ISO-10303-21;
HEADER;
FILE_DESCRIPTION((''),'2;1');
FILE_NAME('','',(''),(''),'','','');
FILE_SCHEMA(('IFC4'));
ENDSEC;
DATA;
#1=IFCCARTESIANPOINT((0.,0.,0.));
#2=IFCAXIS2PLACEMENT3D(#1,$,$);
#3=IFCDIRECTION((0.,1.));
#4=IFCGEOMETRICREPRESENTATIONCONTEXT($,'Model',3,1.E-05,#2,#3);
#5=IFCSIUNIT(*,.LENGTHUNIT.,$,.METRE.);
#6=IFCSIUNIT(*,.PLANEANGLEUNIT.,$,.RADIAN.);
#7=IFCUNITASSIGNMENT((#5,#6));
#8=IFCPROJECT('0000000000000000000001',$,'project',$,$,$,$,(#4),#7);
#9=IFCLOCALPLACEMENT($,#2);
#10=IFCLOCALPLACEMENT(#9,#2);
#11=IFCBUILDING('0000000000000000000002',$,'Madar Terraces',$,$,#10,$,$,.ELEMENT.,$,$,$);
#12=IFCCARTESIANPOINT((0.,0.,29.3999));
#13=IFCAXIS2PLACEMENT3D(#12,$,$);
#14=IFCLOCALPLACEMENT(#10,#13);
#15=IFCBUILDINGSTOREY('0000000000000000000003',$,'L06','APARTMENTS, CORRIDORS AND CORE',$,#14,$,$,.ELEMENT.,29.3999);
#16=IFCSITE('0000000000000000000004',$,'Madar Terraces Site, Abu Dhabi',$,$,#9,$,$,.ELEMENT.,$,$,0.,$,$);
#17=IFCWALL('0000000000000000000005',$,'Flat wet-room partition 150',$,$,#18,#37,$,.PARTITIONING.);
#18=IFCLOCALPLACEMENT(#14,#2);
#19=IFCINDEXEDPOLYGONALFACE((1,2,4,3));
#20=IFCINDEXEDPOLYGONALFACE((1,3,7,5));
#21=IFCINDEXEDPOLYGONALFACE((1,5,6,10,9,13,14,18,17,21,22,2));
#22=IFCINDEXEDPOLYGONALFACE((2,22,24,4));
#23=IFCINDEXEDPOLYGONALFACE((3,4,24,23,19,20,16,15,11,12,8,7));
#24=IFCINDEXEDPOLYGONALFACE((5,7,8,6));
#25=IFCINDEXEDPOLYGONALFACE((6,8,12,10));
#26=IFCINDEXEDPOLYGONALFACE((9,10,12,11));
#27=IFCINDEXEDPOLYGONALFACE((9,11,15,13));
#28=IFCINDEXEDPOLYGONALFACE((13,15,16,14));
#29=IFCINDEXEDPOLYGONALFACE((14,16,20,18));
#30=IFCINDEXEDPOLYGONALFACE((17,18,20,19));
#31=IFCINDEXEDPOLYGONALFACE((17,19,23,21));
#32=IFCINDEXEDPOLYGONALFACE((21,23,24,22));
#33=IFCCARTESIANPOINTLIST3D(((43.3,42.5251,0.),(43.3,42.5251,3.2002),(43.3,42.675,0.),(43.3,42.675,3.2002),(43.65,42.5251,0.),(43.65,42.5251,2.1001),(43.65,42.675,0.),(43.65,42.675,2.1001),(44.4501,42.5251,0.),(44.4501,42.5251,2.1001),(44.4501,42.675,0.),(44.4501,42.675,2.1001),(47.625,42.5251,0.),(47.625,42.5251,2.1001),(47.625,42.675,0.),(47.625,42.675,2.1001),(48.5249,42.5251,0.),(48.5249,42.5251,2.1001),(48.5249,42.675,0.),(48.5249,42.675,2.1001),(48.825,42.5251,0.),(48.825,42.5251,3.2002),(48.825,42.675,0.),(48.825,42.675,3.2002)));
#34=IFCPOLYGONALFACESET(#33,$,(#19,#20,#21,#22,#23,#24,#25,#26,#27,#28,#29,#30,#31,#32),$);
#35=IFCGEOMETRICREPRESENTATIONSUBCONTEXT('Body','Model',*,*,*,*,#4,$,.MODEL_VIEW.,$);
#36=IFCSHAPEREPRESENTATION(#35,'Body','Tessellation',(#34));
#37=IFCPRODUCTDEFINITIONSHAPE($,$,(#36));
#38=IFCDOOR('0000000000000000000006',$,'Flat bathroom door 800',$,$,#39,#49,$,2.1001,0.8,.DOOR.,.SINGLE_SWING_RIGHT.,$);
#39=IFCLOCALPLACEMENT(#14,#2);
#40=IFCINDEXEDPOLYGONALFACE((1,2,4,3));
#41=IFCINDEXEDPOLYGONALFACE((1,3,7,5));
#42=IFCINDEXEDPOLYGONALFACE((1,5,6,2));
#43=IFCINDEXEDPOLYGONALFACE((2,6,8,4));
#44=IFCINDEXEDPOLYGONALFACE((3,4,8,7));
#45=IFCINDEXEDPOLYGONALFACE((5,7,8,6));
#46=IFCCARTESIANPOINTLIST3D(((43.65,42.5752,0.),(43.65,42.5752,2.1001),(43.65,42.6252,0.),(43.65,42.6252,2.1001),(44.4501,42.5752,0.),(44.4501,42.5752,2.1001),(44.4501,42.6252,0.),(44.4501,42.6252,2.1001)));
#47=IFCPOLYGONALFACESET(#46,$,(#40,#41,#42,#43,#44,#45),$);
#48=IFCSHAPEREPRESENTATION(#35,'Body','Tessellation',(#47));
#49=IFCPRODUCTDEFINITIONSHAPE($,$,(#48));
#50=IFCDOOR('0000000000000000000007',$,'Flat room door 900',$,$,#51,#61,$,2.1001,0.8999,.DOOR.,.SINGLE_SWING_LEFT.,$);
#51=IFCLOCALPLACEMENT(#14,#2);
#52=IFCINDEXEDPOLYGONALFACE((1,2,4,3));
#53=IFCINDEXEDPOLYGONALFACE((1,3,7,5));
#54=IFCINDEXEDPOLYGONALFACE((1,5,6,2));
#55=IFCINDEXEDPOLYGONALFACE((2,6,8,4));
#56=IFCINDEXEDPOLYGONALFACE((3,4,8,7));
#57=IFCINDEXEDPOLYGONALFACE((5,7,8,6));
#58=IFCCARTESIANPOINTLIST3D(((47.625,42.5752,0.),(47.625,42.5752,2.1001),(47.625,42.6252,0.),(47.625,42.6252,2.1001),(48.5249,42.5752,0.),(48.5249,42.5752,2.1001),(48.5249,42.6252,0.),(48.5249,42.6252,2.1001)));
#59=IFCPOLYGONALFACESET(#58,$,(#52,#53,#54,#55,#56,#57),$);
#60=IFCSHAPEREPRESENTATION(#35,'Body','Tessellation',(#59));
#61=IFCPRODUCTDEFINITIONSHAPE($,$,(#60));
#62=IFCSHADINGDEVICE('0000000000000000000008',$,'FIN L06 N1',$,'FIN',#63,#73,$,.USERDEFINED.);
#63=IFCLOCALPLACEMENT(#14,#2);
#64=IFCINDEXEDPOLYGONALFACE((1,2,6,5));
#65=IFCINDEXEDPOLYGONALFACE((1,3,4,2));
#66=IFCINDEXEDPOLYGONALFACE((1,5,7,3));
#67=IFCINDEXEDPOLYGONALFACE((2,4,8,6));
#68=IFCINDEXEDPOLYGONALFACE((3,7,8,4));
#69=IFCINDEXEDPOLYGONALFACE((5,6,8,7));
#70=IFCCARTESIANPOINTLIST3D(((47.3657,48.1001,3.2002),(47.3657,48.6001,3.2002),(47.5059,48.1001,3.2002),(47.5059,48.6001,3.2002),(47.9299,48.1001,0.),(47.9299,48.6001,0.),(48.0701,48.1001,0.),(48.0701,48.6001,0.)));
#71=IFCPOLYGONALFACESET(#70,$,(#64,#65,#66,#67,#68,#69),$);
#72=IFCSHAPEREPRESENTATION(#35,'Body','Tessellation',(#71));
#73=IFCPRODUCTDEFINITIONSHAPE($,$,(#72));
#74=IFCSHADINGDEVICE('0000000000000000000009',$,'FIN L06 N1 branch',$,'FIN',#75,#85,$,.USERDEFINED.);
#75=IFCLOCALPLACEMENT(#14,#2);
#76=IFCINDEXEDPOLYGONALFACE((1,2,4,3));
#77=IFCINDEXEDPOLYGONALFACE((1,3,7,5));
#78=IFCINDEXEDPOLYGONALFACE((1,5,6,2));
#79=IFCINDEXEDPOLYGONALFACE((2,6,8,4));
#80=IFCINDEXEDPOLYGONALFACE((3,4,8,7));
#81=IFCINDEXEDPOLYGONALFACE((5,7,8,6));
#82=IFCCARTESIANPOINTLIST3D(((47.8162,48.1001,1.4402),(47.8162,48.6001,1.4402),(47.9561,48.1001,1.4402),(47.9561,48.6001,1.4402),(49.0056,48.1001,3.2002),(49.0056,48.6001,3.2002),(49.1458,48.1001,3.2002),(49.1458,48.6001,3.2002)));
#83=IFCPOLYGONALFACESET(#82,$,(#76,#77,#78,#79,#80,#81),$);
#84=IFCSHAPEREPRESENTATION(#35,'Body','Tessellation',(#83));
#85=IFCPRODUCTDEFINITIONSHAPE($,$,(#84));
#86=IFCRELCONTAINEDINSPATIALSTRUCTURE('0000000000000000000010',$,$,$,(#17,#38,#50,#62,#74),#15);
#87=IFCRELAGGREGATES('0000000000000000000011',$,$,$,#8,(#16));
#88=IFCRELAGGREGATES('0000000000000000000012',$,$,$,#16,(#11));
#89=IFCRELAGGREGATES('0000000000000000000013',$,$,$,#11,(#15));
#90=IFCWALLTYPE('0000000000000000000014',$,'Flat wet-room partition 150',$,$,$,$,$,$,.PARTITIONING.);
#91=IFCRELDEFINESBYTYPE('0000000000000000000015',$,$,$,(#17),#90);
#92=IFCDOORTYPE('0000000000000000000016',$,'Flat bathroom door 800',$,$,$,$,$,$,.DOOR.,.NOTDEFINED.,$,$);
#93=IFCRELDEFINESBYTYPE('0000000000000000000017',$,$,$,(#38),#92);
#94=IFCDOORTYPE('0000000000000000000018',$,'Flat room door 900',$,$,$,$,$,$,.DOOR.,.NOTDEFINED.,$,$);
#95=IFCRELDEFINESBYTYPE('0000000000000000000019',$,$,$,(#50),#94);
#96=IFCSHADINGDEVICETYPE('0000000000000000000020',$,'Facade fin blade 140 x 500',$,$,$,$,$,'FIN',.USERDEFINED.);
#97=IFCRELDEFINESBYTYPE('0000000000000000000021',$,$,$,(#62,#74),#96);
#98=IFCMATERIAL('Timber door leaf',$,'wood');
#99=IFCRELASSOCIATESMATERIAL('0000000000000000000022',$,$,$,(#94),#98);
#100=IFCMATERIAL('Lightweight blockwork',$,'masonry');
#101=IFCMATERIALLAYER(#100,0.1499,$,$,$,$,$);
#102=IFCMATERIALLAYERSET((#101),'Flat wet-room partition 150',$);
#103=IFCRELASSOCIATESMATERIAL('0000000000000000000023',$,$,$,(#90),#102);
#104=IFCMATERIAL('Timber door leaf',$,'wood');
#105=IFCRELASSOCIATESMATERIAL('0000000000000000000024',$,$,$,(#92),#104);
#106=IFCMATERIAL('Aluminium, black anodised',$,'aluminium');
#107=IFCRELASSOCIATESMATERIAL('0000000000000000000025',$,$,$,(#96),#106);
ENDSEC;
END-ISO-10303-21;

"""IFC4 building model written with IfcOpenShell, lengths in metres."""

from ifc_helpers import new_model, si_unit, direction, frame, frame_2d, origin, place, context, subcontext, project, spatial, polyline, rectangle, outline, extrude, material, layer, layer_set, type_object, element, fill, save


model = new_model("IFC4")

# Units and contexts
model_context = context("Model", 3, precision=1e-05, world=origin(), true_north=direction((0.0, 1.0)))
body_context = subcontext(model_context, "Body", "Model", "MODEL_VIEW")
ifc_project = project(units=[si_unit("LENGTHUNIT", "METRE"), si_unit("PLANEANGLEUNIT", "RADIAN")], contexts=[model_context])

# Site, building, storey
site_placement = place(None, origin())
site = spatial("IfcSite", under=ifc_project, at=site_placement, Name="Madar Terraces Site, Abu Dhabi", CompositionType="ELEMENT", RefElevation=0.0)
building_placement = place(site_placement, origin())
building = spatial("IfcBuilding", under=site, at=building_placement, Name="Madar Terraces", CompositionType="ELEMENT")
storey_placement = place(building_placement, frame((0.0, 0.0, 29.3999)))
storey = spatial("IfcBuildingStorey", under=building, at=storey_placement, Name="L06", Description="APARTMENTS, CORRIDORS AND CORE", CompositionType="ELEMENT", Elevation=29.3999)

# Shared definitions
ifc_material_1 = material(Name="Timber door leaf", Category="wood")
door_type_1 = type_object("IfcDoorType", Name="Flat room door 900", OperationType="NOTDEFINED", PredefinedType="DOOR", material=ifc_material_1)

# Shared definitions
ifc_material_2 = material(Name="Lightweight blockwork", Category="masonry")
ifc_layer_1 = layer(ifc_material_2, 0.1499)
ifc_layer_set_1 = layer_set([ifc_layer_1], Name="Flat wet-room partition 150")
wall_type_1 = type_object("IfcWallType", Name="Flat wet-room partition 150", PredefinedType="PARTITIONING", material=ifc_layer_set_1)

# Wall, openings, doors
wall_1_placement = place(storey_placement, frame((48.825, 42.6001, 0.0), z_axis=(0.0, 0.0, 1.0), x_axis=(-1.0, 0.0, 0.0)))
wall_1 = element("IfcWall", 1, at=wall_1_placement, inside=storey, type_object=wall_type_1, Name="Flat wet-room partition 150", PredefinedType="PARTITIONING", context=body_context, shape_type="SweptSolid", body=[
    extrude(rectangle(XDim=5.5249, YDim=0.1499, at=frame_2d((2.7625, 0.0))), origin(), (0.0, 0.0, 1.0), 3.2002),
])
opening_1_placement = place(wall_1_placement, frame((0.3, 0.0, 0.0)))
opening_1 = element("IfcOpeningElement", 2, at=opening_1_placement, cuts=wall_1, PredefinedType="OPENING", context=body_context, shape_type="SweptSolid", body=[
    extrude(rectangle(XDim=0.8999, YDim=2.1001, at=frame_2d((0.45, 1.05))), frame((0.0, 0.085, 0.0), z_axis=(0.0, -1.0, 0.0), x_axis=(1.0, 0.0, 0.0)), (0.0, 0.0, 1.0), 0.1699),
])
opening_2_placement = place(wall_1_placement, frame((4.375, 0.0, 0.0)))
opening_2 = element("IfcOpeningElement", 3, at=opening_2_placement, cuts=wall_1, PredefinedType="OPENING", context=body_context, shape_type="SweptSolid", body=[
    extrude(rectangle(XDim=0.8, YDim=2.1001, at=frame_2d((0.3999, 1.05))), frame((0.0, 0.085, 0.0), z_axis=(0.0, -1.0, 0.0), x_axis=(1.0, 0.0, 0.0)), (0.0, 0.0, 1.0), 0.1699),
])
ifc_material_3 = material(Name="Timber door leaf", Category="wood")
door_type_2 = type_object("IfcDoorType", Name="Flat bathroom door 800", OperationType="NOTDEFINED", PredefinedType="DOOR", material=ifc_material_3)
door_1_placement = place(opening_2_placement, origin())
door_1 = element("IfcDoor", 4, at=door_1_placement, inside=storey, type_object=door_type_2, Name="Flat bathroom door 800", OperationType="SINGLE_SWING_RIGHT", OverallHeight=2.1001, OverallWidth=0.8, PredefinedType="DOOR", context=body_context, shape_type="SweptSolid", body=[
    extrude(rectangle(XDim=0.8, YDim=2.1001, at=frame_2d((0.3999, 1.05))), frame((0.0, 0.0249, 0.0), z_axis=(0.0, -1.0, 0.0), x_axis=(1.0, 0.0, 0.0)), (0.0, 0.0, 1.0), 0.05),
])
fill(opening_2, door_1)
door_2_placement = place(opening_1_placement, origin())
door_2 = element("IfcDoor", 5, at=door_2_placement, inside=storey, type_object=door_type_1, Name="Flat room door 900", OperationType="SINGLE_SWING_LEFT", OverallHeight=2.1001, OverallWidth=0.8999, PredefinedType="DOOR", context=body_context, shape_type="SweptSolid", body=[
    extrude(rectangle(XDim=0.8999, YDim=2.1001, at=frame_2d((0.45, 1.05))), frame((0.0, 0.0249, 0.0), z_axis=(0.0, -1.0, 0.0), x_axis=(1.0, 0.0, 0.0)), (0.0, 0.0, 1.0), 0.05),
])
fill(opening_1, door_2)

# Shading devices
ifc_material_4 = material(Name="Aluminium, black anodised", Category="aluminium")
shading_device_type = type_object("IfcShadingDeviceType", Name="Facade fin blade 140 x 500", ElementType="FIN", PredefinedType="USERDEFINED", material=ifc_material_4)
shading_device_1_placement = place(storey_placement, frame((48.0701, 48.3501, 0.0), z_axis=(0.0, 0.0, 1.0), x_axis=(-1.0, 0.0, 0.0)))
element("IfcShadingDevice", 6, at=shading_device_1_placement, inside=storey, type_object=shading_device_type, Name="FIN L06 N1", ObjectType="FIN", PredefinedType="USERDEFINED", context=body_context, shape_type="SweptSolid", body=[
    extrude(outline(polyline([(0.0, 0.0), (0.1401, 0.0), (0.7043, 3.2002), (0.5642, 3.2002), (0.0, 0.0)])), frame((0.0, 0.25, 0.0), z_axis=(0.0, -1.0, 0.0), x_axis=(1.0, 0.0, 0.0)), (0.0, 0.0, 1.0), 0.5),
])
shading_device_2_placement = place(storey_placement, frame((47.9561, 48.3501, 1.4402), z_axis=(0.0, 0.0, 1.0), x_axis=(-1.0, 0.0, 0.0)))
element("IfcShadingDevice", 7, at=shading_device_2_placement, inside=storey, type_object=shading_device_type, Name="FIN L06 N1 branch", ObjectType="FIN", PredefinedType="USERDEFINED", context=body_context, shape_type="SweptSolid", body=[
    extrude(outline(polyline([(0.0, 0.0), (0.1399, 0.0), (-1.0496, 1.76), (-1.1897, 1.76), (0.0, 0.0)])), frame((0.0, 0.25, 0.0), z_axis=(0.0, -1.0, 0.0), x_axis=(1.0, 0.0, 0.0)), (0.0, 0.0, 1.0), 0.5),
])

save(model, "model.ifc")
